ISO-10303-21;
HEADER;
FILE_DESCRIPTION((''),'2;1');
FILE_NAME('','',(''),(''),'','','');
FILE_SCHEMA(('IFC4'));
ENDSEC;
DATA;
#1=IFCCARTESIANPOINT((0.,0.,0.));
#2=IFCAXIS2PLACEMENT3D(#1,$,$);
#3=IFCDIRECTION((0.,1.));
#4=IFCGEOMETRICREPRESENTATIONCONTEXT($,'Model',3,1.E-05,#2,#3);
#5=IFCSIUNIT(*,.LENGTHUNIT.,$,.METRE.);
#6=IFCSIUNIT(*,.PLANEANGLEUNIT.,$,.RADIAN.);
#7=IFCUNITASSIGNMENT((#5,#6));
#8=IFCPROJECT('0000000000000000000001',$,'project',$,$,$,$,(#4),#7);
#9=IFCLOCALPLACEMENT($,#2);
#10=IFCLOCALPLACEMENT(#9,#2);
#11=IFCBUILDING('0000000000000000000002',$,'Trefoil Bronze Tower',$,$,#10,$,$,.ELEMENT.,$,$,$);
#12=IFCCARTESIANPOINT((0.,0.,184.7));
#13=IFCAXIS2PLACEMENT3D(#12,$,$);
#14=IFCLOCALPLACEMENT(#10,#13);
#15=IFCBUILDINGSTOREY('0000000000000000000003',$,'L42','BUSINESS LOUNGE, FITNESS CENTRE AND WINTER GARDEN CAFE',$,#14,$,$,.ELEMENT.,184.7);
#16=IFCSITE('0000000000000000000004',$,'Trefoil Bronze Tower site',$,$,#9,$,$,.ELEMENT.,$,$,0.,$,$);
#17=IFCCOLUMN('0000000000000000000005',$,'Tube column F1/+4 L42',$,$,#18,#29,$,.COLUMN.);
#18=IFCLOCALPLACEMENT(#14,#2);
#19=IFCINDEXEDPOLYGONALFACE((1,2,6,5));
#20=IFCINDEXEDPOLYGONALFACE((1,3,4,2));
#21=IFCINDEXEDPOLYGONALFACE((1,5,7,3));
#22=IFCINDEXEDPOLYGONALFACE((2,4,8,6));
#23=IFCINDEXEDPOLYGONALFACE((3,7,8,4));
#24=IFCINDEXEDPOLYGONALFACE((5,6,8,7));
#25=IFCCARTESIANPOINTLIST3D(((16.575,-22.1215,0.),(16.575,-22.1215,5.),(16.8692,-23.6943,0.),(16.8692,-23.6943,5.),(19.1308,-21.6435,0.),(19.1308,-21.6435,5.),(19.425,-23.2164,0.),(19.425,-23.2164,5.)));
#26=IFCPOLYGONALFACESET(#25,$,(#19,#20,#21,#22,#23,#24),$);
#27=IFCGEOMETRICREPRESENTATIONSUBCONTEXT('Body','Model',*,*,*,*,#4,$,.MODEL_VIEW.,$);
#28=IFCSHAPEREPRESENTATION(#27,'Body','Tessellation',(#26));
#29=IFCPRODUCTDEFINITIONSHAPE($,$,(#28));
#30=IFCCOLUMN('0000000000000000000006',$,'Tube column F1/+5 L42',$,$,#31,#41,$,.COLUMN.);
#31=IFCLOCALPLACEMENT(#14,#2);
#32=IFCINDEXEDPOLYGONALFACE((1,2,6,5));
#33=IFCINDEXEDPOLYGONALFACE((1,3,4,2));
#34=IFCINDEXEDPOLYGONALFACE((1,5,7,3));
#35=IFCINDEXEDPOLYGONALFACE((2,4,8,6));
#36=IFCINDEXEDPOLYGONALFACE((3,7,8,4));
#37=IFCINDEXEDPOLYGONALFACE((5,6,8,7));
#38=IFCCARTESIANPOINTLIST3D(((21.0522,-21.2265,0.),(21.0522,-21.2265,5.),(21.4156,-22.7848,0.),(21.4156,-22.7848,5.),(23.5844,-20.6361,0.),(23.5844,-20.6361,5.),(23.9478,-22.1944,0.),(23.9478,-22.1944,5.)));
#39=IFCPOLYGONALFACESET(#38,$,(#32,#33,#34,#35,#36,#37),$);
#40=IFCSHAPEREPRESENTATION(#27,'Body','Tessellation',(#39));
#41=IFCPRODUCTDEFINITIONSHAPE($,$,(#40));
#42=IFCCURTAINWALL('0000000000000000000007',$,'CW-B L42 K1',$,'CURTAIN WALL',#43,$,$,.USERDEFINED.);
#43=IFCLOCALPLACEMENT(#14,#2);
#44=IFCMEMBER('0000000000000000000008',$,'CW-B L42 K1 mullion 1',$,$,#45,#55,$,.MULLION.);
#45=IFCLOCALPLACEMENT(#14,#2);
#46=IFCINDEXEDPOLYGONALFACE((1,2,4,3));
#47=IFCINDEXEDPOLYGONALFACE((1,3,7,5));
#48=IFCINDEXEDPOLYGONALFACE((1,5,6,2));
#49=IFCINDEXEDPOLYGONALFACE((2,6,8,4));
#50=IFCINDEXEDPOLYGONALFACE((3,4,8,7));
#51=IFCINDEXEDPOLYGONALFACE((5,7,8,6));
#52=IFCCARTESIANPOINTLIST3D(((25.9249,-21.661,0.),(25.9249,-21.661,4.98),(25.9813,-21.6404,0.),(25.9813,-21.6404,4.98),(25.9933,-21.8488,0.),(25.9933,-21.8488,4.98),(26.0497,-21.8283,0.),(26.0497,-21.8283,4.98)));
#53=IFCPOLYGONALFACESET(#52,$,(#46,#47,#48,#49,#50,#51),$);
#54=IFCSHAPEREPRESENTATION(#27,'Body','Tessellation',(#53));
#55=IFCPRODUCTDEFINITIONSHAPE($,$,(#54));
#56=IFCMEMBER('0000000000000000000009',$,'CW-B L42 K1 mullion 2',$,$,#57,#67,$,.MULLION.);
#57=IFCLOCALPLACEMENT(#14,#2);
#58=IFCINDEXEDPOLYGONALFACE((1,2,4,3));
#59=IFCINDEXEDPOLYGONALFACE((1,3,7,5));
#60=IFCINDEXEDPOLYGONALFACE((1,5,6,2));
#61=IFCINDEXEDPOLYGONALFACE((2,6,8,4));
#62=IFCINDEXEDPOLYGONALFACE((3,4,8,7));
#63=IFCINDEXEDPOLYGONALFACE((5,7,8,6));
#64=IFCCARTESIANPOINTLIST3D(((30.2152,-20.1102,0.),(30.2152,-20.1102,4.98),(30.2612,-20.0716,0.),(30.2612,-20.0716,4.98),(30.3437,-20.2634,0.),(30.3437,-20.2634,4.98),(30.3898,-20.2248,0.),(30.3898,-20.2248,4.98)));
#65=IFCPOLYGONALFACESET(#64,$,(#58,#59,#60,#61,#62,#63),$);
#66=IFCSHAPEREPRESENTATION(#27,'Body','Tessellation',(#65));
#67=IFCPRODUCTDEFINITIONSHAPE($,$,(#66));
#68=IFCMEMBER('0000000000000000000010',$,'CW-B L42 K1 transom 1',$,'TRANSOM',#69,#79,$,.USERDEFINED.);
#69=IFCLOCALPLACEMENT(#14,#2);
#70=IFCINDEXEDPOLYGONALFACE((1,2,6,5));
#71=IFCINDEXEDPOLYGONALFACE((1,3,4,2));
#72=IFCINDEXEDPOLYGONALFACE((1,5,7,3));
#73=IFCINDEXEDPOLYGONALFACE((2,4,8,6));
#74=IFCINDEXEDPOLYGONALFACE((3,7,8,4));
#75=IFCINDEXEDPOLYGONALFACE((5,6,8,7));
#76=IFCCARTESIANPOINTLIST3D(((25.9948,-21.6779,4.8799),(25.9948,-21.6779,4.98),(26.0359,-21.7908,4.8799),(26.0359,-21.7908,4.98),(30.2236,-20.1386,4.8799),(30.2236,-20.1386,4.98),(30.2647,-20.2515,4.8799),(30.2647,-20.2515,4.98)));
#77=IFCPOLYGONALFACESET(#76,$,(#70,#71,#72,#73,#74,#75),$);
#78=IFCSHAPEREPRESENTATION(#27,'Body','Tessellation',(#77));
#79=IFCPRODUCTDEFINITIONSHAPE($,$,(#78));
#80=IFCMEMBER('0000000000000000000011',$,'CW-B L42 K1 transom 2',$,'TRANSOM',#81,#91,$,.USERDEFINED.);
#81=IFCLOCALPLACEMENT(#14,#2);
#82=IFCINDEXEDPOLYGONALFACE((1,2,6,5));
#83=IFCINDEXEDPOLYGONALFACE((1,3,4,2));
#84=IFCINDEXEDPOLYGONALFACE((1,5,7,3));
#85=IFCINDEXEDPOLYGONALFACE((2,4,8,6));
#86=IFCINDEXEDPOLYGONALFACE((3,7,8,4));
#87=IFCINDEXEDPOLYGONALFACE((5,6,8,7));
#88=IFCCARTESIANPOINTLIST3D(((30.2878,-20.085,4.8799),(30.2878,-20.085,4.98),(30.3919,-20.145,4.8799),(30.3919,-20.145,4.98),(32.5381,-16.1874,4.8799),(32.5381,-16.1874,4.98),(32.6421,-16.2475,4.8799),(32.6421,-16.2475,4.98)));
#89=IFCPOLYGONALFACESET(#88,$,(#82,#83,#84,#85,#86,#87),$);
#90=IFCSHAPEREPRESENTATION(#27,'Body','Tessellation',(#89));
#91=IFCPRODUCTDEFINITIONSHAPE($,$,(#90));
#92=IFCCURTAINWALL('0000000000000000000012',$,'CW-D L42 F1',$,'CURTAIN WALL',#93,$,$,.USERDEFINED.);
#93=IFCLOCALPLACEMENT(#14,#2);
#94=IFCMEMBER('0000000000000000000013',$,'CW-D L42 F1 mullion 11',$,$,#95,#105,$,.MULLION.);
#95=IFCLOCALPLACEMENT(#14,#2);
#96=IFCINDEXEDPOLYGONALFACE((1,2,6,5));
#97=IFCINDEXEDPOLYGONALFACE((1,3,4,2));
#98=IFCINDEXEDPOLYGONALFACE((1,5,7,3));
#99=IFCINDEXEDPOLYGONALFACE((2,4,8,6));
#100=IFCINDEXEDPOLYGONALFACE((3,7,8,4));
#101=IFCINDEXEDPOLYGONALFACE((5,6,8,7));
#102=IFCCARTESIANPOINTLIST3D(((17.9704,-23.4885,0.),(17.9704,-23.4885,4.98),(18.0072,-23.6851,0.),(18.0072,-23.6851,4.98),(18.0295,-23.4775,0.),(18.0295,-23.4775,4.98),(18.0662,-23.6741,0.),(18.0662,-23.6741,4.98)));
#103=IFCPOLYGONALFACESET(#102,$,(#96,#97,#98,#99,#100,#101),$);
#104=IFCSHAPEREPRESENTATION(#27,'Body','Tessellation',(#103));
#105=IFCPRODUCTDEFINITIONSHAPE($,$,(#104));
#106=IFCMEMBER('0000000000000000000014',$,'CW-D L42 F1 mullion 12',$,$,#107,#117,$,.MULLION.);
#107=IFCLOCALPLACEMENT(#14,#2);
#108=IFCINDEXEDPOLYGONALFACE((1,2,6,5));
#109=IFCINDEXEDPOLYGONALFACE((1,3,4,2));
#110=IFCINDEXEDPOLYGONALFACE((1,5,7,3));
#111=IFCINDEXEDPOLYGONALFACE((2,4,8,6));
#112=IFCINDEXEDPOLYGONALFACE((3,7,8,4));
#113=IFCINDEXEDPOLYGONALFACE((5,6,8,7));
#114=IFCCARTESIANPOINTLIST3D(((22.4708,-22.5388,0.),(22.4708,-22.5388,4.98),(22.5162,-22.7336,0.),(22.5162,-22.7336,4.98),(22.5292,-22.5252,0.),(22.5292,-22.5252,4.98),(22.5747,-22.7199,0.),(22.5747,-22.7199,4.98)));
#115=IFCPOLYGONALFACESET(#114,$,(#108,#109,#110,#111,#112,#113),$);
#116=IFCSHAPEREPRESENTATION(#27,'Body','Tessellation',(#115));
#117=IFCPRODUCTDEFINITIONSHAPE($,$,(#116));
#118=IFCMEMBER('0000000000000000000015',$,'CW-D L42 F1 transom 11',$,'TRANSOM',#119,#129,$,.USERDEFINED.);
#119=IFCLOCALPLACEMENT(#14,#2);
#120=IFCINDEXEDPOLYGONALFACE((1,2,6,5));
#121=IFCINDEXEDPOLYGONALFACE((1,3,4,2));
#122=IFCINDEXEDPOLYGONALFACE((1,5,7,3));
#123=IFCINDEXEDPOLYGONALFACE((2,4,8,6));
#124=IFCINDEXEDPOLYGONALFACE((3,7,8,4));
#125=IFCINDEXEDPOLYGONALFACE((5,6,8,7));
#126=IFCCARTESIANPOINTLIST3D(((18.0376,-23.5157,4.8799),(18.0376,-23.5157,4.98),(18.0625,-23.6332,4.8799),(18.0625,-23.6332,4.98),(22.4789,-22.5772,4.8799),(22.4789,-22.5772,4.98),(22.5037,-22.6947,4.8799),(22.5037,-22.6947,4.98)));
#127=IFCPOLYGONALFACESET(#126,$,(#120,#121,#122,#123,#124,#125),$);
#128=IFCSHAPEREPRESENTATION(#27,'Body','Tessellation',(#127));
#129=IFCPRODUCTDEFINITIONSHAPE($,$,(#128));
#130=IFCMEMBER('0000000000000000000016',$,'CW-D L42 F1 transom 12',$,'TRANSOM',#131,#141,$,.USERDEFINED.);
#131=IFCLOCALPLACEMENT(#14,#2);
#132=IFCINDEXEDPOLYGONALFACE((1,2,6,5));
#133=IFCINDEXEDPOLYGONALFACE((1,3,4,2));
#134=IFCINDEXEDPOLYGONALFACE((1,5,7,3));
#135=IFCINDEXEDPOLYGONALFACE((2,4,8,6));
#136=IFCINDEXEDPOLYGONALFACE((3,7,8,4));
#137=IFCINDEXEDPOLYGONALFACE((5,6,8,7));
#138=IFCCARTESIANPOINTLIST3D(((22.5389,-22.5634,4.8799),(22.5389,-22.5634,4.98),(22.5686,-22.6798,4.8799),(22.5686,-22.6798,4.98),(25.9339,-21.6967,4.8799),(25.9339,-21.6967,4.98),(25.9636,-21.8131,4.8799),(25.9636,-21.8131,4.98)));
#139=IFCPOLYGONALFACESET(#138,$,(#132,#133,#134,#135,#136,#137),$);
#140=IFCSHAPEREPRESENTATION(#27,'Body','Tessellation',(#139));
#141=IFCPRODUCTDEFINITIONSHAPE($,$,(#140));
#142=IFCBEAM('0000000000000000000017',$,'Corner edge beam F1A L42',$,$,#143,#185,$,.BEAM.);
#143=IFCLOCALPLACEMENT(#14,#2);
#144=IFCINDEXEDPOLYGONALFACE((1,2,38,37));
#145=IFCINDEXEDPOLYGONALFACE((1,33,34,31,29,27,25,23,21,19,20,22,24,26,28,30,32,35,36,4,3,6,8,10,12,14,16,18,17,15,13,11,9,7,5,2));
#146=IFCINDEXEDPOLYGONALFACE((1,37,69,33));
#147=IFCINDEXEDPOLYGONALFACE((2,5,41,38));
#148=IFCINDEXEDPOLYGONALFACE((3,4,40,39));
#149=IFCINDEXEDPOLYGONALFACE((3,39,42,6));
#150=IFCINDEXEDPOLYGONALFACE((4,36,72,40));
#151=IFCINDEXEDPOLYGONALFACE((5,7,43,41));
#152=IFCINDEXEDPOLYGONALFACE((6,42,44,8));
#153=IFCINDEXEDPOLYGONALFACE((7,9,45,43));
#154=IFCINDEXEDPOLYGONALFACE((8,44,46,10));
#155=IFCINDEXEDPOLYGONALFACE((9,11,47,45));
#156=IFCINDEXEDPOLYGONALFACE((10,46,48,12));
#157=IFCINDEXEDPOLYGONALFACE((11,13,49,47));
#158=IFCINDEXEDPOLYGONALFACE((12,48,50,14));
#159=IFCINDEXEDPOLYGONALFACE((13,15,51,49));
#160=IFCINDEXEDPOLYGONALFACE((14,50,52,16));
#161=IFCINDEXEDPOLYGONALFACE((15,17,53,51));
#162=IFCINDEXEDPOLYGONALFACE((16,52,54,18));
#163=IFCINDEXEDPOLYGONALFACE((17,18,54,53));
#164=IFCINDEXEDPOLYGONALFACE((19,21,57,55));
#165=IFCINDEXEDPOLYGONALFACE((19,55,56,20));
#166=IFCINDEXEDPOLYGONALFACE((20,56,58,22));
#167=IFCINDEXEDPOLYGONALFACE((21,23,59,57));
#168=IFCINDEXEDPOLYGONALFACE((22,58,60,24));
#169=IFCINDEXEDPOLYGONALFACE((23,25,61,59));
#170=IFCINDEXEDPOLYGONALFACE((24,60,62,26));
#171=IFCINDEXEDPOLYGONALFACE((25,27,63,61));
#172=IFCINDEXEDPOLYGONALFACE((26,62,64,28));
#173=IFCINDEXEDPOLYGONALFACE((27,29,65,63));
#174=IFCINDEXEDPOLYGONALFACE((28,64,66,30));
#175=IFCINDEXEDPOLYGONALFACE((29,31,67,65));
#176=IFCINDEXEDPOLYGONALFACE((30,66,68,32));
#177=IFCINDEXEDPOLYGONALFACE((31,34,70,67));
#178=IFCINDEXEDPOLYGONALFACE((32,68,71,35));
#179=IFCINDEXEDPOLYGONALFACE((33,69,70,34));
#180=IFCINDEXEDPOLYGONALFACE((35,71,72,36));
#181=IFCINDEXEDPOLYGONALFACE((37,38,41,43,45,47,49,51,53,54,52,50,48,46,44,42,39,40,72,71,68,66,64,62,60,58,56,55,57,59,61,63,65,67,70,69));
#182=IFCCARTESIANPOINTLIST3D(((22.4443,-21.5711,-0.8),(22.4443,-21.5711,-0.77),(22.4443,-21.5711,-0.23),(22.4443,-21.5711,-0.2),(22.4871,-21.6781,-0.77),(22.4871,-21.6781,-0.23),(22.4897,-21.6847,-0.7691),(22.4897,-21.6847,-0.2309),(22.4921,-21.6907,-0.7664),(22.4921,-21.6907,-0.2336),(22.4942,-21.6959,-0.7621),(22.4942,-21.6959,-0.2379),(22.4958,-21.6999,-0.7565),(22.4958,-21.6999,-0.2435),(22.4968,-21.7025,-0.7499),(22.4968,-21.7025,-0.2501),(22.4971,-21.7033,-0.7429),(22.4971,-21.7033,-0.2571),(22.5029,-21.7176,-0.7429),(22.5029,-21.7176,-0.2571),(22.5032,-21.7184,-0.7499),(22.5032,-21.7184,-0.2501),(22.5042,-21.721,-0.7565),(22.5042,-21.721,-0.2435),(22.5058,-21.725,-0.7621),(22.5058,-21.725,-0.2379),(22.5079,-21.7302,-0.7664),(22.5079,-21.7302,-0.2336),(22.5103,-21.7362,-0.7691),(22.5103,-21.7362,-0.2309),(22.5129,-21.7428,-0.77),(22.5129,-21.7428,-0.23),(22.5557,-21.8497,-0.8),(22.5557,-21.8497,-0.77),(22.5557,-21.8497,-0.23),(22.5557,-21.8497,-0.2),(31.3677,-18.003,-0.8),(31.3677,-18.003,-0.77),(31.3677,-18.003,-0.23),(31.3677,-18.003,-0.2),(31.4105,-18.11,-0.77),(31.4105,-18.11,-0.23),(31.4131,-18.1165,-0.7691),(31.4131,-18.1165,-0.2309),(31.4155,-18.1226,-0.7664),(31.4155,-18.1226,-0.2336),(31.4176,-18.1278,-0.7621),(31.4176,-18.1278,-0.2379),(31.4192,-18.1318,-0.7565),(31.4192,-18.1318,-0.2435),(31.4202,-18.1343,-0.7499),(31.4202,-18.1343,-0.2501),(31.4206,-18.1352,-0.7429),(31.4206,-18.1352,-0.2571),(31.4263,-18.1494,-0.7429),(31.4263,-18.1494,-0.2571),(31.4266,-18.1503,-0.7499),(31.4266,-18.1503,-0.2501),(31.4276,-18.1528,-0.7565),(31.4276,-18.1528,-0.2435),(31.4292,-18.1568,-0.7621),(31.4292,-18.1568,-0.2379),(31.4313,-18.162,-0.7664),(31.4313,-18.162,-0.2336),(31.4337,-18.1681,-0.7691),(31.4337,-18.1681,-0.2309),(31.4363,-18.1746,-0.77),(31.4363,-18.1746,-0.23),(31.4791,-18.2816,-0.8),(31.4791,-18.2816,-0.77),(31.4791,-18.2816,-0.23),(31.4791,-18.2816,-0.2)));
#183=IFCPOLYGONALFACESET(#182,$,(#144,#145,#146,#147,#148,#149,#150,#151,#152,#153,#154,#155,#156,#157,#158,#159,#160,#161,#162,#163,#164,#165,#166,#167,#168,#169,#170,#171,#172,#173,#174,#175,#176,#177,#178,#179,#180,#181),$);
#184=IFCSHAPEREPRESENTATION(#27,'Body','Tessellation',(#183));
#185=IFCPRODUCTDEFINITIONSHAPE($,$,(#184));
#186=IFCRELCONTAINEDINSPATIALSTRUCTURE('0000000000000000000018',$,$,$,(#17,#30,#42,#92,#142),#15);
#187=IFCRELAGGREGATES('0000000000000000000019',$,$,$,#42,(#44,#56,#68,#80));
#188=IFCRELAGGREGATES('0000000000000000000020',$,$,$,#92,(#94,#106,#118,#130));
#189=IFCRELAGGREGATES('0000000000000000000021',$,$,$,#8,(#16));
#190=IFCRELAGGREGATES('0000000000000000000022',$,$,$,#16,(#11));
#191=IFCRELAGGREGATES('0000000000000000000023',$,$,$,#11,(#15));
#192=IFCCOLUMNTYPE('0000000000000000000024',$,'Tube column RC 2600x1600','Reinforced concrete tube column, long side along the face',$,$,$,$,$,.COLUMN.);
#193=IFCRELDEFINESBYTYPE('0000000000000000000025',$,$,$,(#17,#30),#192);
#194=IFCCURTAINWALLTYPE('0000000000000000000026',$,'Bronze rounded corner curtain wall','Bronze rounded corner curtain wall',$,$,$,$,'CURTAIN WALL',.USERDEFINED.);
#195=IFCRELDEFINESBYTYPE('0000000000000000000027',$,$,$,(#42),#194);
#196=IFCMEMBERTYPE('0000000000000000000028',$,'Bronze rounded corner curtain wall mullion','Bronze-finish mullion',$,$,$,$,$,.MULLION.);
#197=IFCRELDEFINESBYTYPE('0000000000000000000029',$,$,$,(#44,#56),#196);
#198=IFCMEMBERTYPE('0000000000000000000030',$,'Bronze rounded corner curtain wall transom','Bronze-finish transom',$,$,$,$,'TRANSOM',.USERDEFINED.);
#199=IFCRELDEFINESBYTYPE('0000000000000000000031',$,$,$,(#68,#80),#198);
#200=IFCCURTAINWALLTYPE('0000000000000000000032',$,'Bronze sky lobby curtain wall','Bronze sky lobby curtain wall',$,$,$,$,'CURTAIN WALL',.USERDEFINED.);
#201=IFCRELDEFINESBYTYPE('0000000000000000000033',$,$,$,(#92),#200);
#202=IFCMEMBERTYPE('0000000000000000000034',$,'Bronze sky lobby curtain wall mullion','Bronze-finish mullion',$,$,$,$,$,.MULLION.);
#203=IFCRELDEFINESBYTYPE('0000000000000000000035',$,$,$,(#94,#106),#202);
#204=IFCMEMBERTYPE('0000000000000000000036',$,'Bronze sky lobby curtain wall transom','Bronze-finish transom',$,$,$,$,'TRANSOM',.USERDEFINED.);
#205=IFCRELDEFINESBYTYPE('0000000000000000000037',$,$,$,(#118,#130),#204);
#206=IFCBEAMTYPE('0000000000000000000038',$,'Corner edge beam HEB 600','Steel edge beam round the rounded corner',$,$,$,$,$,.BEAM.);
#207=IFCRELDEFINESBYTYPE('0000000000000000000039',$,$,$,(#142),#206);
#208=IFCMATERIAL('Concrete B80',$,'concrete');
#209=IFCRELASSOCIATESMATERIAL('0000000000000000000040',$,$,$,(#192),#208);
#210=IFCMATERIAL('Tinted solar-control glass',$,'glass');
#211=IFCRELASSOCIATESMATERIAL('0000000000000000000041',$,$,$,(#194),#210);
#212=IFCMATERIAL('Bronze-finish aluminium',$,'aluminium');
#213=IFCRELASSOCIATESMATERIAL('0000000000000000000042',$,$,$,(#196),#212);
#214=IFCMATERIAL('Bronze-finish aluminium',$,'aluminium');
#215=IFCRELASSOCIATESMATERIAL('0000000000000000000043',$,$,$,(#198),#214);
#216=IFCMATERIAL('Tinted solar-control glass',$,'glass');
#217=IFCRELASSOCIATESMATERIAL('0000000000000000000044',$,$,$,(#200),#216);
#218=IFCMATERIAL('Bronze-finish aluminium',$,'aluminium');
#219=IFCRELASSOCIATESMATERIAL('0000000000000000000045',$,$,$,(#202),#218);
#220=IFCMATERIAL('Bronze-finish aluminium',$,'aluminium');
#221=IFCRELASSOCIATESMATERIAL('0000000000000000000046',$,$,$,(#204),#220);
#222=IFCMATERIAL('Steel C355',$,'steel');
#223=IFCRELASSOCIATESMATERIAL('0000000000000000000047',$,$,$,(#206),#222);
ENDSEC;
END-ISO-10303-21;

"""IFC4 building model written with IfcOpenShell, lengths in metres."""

from ifc_helpers import new_model, si_unit, direction, frame, origin, origin_2d, place, context, subcontext, project, spatial, rectangle, i_section, extrude, material, material_profile, profile_set, type_object, element, aggregate, save


model = new_model("IFC4")

# Units and contexts
model_context = context("Model", 3, precision=1e-05, world=origin(), true_north=direction((0.0, 1.0)))
body_context = subcontext(model_context, "Body", "Model", "MODEL_VIEW")
ifc_project = project(units=[si_unit("LENGTHUNIT", "METRE"), si_unit("PLANEANGLEUNIT", "RADIAN")], contexts=[model_context])

# Site, building, storey
site_placement = place(None, origin())
site = spatial("IfcSite", under=ifc_project, at=site_placement, Name="Trefoil Bronze Tower site", CompositionType="ELEMENT", RefElevation=0.0)
building_placement = place(site_placement, origin())
building = spatial("IfcBuilding", under=site, at=building_placement, Name="Trefoil Bronze Tower", CompositionType="ELEMENT")
storey_placement = place(building_placement, frame((0.0, 0.0, 184.7)))
storey = spatial("IfcBuildingStorey", under=building, at=storey_placement, Name="L42", Description="BUSINESS LOUNGE, FITNESS CENTRE AND WINTER GARDEN CAFE", CompositionType="ELEMENT", Elevation=184.7)

# Columns
ifc_material_1 = material(Name="Concrete B80", Category="concrete")
ifc_material_profile_1 = material_profile(ifc_material_1, rectangle(XDim=2.6001, YDim=1.6001, at=origin_2d()), Name="RC 2600x1600")
ifc_profile_set_1 = profile_set([ifc_material_profile_1], Name="Concrete B80")
column_type = type_object("IfcColumnType", Name="Tube column RC 2600x1600", Description="Reinforced concrete tube column, long side along the face", PredefinedType="COLUMN", material=ifc_profile_set_1)
for number, where, z_axis, x_axis, name in (
    (1, (18.0, -22.6689, 0.0), (0.0, 0.0, 1.0), (0.982959, 0.183825, 0.0), "Tube column F1/+4 L42"),
    (2, (22.5, -21.7104, 0.0), (0.0, 0.0, 1.0), (0.973875, 0.227083, 0.0), "Tube column F1/+5 L42"),
):
    element("IfcColumn", number, at=place(storey_placement, frame(where, z_axis=z_axis, x_axis=x_axis)), inside=storey, type_object=column_type, Name=name, PredefinedType="COLUMN", context=body_context, shape_type="SweptSolid", body=[
        extrude(rectangle(XDim=2.6001, YDim=1.6001, at=origin_2d()), origin(), (0.0, 0.0, 1.0), 5.0),
    ])

# Curtain walls, members
ifc_material_2 = material(Name="Tinted solar-control glass", Category="glass")
curtain_wall_type_1 = type_object("IfcCurtainWallType", Name="Bronze rounded corner curtain wall", Description="Bronze rounded corner curtain wall", ElementType="CURTAIN WALL", PredefinedType="USERDEFINED", material=ifc_material_2)
curtain_wall_1_placement = place(storey_placement, origin())
curtain_wall_1 = element("IfcCurtainWall", 3, at=curtain_wall_1_placement, inside=storey, type_object=curtain_wall_type_1, Name="CW-B L42 K1", ObjectType="CURTAIN WALL", PredefinedType="USERDEFINED")
ifc_material_3 = material(Name="Bronze-finish aluminium", Category="aluminium")
ifc_material_profile_2 = material_profile(ifc_material_3, rectangle(XDim=0.2, YDim=0.0601, at=origin_2d()), Name="CW-B mullion")
ifc_profile_set_2 = profile_set([ifc_material_profile_2], Name="Bronze-finish aluminium")
member_type_1 = type_object("IfcMemberType", Name="Bronze rounded corner curtain wall mullion", Description="Bronze-finish mullion", PredefinedType="MULLION", material=ifc_profile_set_2)
member_1_placement = place(storey_placement, frame((25.9873, -21.7446, 0.0), z_axis=(0.0, 0.0, 1.0), x_axis=(-0.34202, 0.939693, 0.0)))
member_1 = element("IfcMember", 4, at=member_1_placement, type_object=member_type_1, Name="CW-B L42 K1 mullion 1", PredefinedType="MULLION", context=body_context, shape_type="SweptSolid", body=[
    extrude(rectangle(XDim=0.2, YDim=0.0601, at=origin_2d()), origin(), (0.0, 0.0, 1.0), 4.98),
])
member_2_placement = place(storey_placement, frame((30.3025, -20.1675, 0.0), z_axis=(0.0, 0.0, 1.0), x_axis=(-0.642788, 0.766044, 0.0)))
member_2 = element("IfcMember", 5, at=member_2_placement, type_object=member_type_1, Name="CW-B L42 K1 mullion 2", PredefinedType="MULLION", context=body_context, shape_type="SweptSolid", body=[
    extrude(rectangle(XDim=0.2, YDim=0.0601, at=origin_2d()), origin(), (0.0, 0.0, 1.0), 4.98),
])
ifc_material_4 = material(Name="Bronze-finish aluminium", Category="aluminium")
ifc_material_profile_3 = material_profile(ifc_material_4, rectangle(XDim=0.1201, YDim=0.1001, at=origin_2d()), Name="CW-B transom")
ifc_profile_set_3 = profile_set([ifc_material_profile_3], Name="Bronze-finish aluminium")
member_type_2 = type_object("IfcMemberType", Name="Bronze rounded corner curtain wall transom", Description="Bronze-finish transom", ElementType="TRANSOM", PredefinedType="USERDEFINED", material=ifc_profile_set_3)
member_3_placement = place(storey_placement, frame((26.0154, -21.7344, 4.9299), z_axis=(0.939681, 0.342052, 0.0), x_axis=(-0.342052, 0.939681, 0.0)))
member_3 = element("IfcMember", 6, at=member_3_placement, type_object=member_type_2, Name="CW-B L42 K1 transom 1", ObjectType="TRANSOM", PredefinedType="USERDEFINED", context=body_context, shape_type="SweptSolid", body=[
    extrude(rectangle(XDim=0.1201, YDim=0.1001, at=origin_2d()), origin(), (0.0, 0.0, 1.0), 4.5002),
])
member_4_placement = place(storey_placement, frame((30.3398, -20.115, 4.9299), z_axis=(0.500007, 0.866021, 0.0), x_axis=(-0.866021, 0.500007, 0.0)))
member_4 = element("IfcMember", 7, at=member_4_placement, type_object=member_type_2, Name="CW-B L42 K1 transom 2", ObjectType="TRANSOM", PredefinedType="USERDEFINED", context=body_context, shape_type="SweptSolid", body=[
    extrude(rectangle(XDim=0.1201, YDim=0.1001, at=origin_2d()), origin(), (0.0, 0.0, 1.0), 4.5005),
])
ifc_material_5 = material(Name="Tinted solar-control glass", Category="glass")
curtain_wall_type_2 = type_object("IfcCurtainWallType", Name="Bronze sky lobby curtain wall", Description="Bronze sky lobby curtain wall", ElementType="CURTAIN WALL", PredefinedType="USERDEFINED", material=ifc_material_5)
curtain_wall_2_placement = place(storey_placement, origin())
curtain_wall_2 = element("IfcCurtainWall", 8, at=curtain_wall_2_placement, inside=storey, type_object=curtain_wall_type_2, Name="CW-D L42 F1", ObjectType="CURTAIN WALL", PredefinedType="USERDEFINED")
ifc_material_6 = material(Name="Bronze-finish aluminium", Category="aluminium")
ifc_material_profile_4 = material_profile(ifc_material_6, rectangle(XDim=0.2, YDim=0.0601, at=origin_2d()), Name="CW-D mullion")
ifc_profile_set_4 = profile_set([ifc_material_profile_4], Name="Bronze-finish aluminium")
member_type_3 = type_object("IfcMemberType", Name="Bronze sky lobby curtain wall mullion", Description="Bronze-finish mullion", PredefinedType="MULLION", material=ifc_profile_set_4)
member_5_placement = place(storey_placement, frame((18.0183, -23.5813, 0.0), z_axis=(0.0, 0.0, 1.0), x_axis=(-0.183825, 0.982959, 0.0)))
member_5 = element("IfcMember", 9, at=member_5_placement, type_object=member_type_3, Name="CW-D L42 F1 mullion 11", PredefinedType="MULLION", context=body_context, shape_type="SweptSolid", body=[
    extrude(rectangle(XDim=0.2, YDim=0.0601, at=origin_2d()), origin(), (0.0, 0.0, 1.0), 4.98),
])
member_6_placement = place(storey_placement, frame((22.5227, -22.6294, 0.0), z_axis=(0.0, 0.0, 1.0), x_axis=(-0.227083, 0.973875, 0.0)))
member_6 = element("IfcMember", 10, at=member_6_placement, type_object=member_type_3, Name="CW-D L42 F1 mullion 12", PredefinedType="MULLION", context=body_context, shape_type="SweptSolid", body=[
    extrude(rectangle(XDim=0.2, YDim=0.0601, at=origin_2d()), origin(), (0.0, 0.0, 1.0), 4.98),
])
ifc_material_7 = material(Name="Bronze-finish aluminium", Category="aluminium")
ifc_material_profile_5 = material_profile(ifc_material_7, rectangle(XDim=0.1201, YDim=0.1001, at=origin_2d()), Name="CW-D transom")
ifc_profile_set_5 = profile_set([ifc_material_profile_5], Name="Bronze-finish aluminium")
member_type_4 = type_object("IfcMemberType", Name="Bronze sky lobby curtain wall transom", Description="Bronze-finish transom", ElementType="TRANSOM", PredefinedType="USERDEFINED", material=ifc_profile_set_5)
member_7_placement = place(storey_placement, frame((18.05, -23.5745, 4.9299), z_axis=(0.978394, 0.206748, 0.0), x_axis=(-0.206748, 0.978394, 0.0)))
member_7 = element("IfcMember", 11, at=member_7_placement, type_object=member_type_4, Name="CW-D L42 F1 transom 11", ObjectType="TRANSOM", PredefinedType="USERDEFINED", context=body_context, shape_type="SweptSolid", body=[
    extrude(rectangle(XDim=0.1201, YDim=0.1001, at=origin_2d()), origin(), (0.0, 0.0, 1.0), 4.5393),
])
member_8_placement = place(storey_placement, frame((22.5537, -22.6216, 4.9299), z_axis=(0.968926, 0.247353, 0.0), x_axis=(-0.247353, 0.968926, 0.0)))
member_8 = element("IfcMember", 12, at=member_8_placement, type_object=member_type_4, Name="CW-D L42 F1 transom 12", ObjectType="TRANSOM", PredefinedType="USERDEFINED", context=body_context, shape_type="SweptSolid", body=[
    extrude(rectangle(XDim=0.1201, YDim=0.1001, at=origin_2d()), origin(), (0.0, 0.0, 1.0), 3.5039),
])

# Beam
ifc_material_8 = material(Name="Steel C355", Category="steel")
ifc_material_profile_6 = material_profile(ifc_material_8, i_section(OverallWidth=0.3, OverallDepth=0.6001, WebThickness=0.0154, FlangeThickness=0.03, FilletRadius=0.0271, at=origin_2d()), Name="HEB 600")
ifc_profile_set_6 = profile_set([ifc_material_profile_6], Name="Steel C355")
beam_type_1 = type_object("IfcBeamType", Name="Corner edge beam HEB 600", Description="Steel edge beam round the rounded corner", PredefinedType="BEAM", material=ifc_profile_set_6)
beam_1_placement = place(storey_placement, frame((22.5, -21.7104, -0.5), z_axis=(0.92852, 0.371281, 0.0), x_axis=(-0.371281, 0.92852, 0.0)))
element("IfcBeam", 13, at=beam_1_placement, inside=storey, type_object=beam_type_1, Name="Corner edge beam F1A L42", PredefinedType="BEAM", context=body_context, shape_type="SweptSolid", body=[
    extrude(i_section(OverallWidth=0.3, OverallDepth=0.6001, WebThickness=0.0154, FlangeThickness=0.03, FilletRadius=0.0271, at=origin_2d()), origin(), (0.0, 0.0, 1.0), 9.6104),
])

aggregate(curtain_wall_1, [member_1, member_2, member_3, member_4])
aggregate(curtain_wall_2, [member_5, member_6, member_7, member_8])

save(model, "model.ifc")
